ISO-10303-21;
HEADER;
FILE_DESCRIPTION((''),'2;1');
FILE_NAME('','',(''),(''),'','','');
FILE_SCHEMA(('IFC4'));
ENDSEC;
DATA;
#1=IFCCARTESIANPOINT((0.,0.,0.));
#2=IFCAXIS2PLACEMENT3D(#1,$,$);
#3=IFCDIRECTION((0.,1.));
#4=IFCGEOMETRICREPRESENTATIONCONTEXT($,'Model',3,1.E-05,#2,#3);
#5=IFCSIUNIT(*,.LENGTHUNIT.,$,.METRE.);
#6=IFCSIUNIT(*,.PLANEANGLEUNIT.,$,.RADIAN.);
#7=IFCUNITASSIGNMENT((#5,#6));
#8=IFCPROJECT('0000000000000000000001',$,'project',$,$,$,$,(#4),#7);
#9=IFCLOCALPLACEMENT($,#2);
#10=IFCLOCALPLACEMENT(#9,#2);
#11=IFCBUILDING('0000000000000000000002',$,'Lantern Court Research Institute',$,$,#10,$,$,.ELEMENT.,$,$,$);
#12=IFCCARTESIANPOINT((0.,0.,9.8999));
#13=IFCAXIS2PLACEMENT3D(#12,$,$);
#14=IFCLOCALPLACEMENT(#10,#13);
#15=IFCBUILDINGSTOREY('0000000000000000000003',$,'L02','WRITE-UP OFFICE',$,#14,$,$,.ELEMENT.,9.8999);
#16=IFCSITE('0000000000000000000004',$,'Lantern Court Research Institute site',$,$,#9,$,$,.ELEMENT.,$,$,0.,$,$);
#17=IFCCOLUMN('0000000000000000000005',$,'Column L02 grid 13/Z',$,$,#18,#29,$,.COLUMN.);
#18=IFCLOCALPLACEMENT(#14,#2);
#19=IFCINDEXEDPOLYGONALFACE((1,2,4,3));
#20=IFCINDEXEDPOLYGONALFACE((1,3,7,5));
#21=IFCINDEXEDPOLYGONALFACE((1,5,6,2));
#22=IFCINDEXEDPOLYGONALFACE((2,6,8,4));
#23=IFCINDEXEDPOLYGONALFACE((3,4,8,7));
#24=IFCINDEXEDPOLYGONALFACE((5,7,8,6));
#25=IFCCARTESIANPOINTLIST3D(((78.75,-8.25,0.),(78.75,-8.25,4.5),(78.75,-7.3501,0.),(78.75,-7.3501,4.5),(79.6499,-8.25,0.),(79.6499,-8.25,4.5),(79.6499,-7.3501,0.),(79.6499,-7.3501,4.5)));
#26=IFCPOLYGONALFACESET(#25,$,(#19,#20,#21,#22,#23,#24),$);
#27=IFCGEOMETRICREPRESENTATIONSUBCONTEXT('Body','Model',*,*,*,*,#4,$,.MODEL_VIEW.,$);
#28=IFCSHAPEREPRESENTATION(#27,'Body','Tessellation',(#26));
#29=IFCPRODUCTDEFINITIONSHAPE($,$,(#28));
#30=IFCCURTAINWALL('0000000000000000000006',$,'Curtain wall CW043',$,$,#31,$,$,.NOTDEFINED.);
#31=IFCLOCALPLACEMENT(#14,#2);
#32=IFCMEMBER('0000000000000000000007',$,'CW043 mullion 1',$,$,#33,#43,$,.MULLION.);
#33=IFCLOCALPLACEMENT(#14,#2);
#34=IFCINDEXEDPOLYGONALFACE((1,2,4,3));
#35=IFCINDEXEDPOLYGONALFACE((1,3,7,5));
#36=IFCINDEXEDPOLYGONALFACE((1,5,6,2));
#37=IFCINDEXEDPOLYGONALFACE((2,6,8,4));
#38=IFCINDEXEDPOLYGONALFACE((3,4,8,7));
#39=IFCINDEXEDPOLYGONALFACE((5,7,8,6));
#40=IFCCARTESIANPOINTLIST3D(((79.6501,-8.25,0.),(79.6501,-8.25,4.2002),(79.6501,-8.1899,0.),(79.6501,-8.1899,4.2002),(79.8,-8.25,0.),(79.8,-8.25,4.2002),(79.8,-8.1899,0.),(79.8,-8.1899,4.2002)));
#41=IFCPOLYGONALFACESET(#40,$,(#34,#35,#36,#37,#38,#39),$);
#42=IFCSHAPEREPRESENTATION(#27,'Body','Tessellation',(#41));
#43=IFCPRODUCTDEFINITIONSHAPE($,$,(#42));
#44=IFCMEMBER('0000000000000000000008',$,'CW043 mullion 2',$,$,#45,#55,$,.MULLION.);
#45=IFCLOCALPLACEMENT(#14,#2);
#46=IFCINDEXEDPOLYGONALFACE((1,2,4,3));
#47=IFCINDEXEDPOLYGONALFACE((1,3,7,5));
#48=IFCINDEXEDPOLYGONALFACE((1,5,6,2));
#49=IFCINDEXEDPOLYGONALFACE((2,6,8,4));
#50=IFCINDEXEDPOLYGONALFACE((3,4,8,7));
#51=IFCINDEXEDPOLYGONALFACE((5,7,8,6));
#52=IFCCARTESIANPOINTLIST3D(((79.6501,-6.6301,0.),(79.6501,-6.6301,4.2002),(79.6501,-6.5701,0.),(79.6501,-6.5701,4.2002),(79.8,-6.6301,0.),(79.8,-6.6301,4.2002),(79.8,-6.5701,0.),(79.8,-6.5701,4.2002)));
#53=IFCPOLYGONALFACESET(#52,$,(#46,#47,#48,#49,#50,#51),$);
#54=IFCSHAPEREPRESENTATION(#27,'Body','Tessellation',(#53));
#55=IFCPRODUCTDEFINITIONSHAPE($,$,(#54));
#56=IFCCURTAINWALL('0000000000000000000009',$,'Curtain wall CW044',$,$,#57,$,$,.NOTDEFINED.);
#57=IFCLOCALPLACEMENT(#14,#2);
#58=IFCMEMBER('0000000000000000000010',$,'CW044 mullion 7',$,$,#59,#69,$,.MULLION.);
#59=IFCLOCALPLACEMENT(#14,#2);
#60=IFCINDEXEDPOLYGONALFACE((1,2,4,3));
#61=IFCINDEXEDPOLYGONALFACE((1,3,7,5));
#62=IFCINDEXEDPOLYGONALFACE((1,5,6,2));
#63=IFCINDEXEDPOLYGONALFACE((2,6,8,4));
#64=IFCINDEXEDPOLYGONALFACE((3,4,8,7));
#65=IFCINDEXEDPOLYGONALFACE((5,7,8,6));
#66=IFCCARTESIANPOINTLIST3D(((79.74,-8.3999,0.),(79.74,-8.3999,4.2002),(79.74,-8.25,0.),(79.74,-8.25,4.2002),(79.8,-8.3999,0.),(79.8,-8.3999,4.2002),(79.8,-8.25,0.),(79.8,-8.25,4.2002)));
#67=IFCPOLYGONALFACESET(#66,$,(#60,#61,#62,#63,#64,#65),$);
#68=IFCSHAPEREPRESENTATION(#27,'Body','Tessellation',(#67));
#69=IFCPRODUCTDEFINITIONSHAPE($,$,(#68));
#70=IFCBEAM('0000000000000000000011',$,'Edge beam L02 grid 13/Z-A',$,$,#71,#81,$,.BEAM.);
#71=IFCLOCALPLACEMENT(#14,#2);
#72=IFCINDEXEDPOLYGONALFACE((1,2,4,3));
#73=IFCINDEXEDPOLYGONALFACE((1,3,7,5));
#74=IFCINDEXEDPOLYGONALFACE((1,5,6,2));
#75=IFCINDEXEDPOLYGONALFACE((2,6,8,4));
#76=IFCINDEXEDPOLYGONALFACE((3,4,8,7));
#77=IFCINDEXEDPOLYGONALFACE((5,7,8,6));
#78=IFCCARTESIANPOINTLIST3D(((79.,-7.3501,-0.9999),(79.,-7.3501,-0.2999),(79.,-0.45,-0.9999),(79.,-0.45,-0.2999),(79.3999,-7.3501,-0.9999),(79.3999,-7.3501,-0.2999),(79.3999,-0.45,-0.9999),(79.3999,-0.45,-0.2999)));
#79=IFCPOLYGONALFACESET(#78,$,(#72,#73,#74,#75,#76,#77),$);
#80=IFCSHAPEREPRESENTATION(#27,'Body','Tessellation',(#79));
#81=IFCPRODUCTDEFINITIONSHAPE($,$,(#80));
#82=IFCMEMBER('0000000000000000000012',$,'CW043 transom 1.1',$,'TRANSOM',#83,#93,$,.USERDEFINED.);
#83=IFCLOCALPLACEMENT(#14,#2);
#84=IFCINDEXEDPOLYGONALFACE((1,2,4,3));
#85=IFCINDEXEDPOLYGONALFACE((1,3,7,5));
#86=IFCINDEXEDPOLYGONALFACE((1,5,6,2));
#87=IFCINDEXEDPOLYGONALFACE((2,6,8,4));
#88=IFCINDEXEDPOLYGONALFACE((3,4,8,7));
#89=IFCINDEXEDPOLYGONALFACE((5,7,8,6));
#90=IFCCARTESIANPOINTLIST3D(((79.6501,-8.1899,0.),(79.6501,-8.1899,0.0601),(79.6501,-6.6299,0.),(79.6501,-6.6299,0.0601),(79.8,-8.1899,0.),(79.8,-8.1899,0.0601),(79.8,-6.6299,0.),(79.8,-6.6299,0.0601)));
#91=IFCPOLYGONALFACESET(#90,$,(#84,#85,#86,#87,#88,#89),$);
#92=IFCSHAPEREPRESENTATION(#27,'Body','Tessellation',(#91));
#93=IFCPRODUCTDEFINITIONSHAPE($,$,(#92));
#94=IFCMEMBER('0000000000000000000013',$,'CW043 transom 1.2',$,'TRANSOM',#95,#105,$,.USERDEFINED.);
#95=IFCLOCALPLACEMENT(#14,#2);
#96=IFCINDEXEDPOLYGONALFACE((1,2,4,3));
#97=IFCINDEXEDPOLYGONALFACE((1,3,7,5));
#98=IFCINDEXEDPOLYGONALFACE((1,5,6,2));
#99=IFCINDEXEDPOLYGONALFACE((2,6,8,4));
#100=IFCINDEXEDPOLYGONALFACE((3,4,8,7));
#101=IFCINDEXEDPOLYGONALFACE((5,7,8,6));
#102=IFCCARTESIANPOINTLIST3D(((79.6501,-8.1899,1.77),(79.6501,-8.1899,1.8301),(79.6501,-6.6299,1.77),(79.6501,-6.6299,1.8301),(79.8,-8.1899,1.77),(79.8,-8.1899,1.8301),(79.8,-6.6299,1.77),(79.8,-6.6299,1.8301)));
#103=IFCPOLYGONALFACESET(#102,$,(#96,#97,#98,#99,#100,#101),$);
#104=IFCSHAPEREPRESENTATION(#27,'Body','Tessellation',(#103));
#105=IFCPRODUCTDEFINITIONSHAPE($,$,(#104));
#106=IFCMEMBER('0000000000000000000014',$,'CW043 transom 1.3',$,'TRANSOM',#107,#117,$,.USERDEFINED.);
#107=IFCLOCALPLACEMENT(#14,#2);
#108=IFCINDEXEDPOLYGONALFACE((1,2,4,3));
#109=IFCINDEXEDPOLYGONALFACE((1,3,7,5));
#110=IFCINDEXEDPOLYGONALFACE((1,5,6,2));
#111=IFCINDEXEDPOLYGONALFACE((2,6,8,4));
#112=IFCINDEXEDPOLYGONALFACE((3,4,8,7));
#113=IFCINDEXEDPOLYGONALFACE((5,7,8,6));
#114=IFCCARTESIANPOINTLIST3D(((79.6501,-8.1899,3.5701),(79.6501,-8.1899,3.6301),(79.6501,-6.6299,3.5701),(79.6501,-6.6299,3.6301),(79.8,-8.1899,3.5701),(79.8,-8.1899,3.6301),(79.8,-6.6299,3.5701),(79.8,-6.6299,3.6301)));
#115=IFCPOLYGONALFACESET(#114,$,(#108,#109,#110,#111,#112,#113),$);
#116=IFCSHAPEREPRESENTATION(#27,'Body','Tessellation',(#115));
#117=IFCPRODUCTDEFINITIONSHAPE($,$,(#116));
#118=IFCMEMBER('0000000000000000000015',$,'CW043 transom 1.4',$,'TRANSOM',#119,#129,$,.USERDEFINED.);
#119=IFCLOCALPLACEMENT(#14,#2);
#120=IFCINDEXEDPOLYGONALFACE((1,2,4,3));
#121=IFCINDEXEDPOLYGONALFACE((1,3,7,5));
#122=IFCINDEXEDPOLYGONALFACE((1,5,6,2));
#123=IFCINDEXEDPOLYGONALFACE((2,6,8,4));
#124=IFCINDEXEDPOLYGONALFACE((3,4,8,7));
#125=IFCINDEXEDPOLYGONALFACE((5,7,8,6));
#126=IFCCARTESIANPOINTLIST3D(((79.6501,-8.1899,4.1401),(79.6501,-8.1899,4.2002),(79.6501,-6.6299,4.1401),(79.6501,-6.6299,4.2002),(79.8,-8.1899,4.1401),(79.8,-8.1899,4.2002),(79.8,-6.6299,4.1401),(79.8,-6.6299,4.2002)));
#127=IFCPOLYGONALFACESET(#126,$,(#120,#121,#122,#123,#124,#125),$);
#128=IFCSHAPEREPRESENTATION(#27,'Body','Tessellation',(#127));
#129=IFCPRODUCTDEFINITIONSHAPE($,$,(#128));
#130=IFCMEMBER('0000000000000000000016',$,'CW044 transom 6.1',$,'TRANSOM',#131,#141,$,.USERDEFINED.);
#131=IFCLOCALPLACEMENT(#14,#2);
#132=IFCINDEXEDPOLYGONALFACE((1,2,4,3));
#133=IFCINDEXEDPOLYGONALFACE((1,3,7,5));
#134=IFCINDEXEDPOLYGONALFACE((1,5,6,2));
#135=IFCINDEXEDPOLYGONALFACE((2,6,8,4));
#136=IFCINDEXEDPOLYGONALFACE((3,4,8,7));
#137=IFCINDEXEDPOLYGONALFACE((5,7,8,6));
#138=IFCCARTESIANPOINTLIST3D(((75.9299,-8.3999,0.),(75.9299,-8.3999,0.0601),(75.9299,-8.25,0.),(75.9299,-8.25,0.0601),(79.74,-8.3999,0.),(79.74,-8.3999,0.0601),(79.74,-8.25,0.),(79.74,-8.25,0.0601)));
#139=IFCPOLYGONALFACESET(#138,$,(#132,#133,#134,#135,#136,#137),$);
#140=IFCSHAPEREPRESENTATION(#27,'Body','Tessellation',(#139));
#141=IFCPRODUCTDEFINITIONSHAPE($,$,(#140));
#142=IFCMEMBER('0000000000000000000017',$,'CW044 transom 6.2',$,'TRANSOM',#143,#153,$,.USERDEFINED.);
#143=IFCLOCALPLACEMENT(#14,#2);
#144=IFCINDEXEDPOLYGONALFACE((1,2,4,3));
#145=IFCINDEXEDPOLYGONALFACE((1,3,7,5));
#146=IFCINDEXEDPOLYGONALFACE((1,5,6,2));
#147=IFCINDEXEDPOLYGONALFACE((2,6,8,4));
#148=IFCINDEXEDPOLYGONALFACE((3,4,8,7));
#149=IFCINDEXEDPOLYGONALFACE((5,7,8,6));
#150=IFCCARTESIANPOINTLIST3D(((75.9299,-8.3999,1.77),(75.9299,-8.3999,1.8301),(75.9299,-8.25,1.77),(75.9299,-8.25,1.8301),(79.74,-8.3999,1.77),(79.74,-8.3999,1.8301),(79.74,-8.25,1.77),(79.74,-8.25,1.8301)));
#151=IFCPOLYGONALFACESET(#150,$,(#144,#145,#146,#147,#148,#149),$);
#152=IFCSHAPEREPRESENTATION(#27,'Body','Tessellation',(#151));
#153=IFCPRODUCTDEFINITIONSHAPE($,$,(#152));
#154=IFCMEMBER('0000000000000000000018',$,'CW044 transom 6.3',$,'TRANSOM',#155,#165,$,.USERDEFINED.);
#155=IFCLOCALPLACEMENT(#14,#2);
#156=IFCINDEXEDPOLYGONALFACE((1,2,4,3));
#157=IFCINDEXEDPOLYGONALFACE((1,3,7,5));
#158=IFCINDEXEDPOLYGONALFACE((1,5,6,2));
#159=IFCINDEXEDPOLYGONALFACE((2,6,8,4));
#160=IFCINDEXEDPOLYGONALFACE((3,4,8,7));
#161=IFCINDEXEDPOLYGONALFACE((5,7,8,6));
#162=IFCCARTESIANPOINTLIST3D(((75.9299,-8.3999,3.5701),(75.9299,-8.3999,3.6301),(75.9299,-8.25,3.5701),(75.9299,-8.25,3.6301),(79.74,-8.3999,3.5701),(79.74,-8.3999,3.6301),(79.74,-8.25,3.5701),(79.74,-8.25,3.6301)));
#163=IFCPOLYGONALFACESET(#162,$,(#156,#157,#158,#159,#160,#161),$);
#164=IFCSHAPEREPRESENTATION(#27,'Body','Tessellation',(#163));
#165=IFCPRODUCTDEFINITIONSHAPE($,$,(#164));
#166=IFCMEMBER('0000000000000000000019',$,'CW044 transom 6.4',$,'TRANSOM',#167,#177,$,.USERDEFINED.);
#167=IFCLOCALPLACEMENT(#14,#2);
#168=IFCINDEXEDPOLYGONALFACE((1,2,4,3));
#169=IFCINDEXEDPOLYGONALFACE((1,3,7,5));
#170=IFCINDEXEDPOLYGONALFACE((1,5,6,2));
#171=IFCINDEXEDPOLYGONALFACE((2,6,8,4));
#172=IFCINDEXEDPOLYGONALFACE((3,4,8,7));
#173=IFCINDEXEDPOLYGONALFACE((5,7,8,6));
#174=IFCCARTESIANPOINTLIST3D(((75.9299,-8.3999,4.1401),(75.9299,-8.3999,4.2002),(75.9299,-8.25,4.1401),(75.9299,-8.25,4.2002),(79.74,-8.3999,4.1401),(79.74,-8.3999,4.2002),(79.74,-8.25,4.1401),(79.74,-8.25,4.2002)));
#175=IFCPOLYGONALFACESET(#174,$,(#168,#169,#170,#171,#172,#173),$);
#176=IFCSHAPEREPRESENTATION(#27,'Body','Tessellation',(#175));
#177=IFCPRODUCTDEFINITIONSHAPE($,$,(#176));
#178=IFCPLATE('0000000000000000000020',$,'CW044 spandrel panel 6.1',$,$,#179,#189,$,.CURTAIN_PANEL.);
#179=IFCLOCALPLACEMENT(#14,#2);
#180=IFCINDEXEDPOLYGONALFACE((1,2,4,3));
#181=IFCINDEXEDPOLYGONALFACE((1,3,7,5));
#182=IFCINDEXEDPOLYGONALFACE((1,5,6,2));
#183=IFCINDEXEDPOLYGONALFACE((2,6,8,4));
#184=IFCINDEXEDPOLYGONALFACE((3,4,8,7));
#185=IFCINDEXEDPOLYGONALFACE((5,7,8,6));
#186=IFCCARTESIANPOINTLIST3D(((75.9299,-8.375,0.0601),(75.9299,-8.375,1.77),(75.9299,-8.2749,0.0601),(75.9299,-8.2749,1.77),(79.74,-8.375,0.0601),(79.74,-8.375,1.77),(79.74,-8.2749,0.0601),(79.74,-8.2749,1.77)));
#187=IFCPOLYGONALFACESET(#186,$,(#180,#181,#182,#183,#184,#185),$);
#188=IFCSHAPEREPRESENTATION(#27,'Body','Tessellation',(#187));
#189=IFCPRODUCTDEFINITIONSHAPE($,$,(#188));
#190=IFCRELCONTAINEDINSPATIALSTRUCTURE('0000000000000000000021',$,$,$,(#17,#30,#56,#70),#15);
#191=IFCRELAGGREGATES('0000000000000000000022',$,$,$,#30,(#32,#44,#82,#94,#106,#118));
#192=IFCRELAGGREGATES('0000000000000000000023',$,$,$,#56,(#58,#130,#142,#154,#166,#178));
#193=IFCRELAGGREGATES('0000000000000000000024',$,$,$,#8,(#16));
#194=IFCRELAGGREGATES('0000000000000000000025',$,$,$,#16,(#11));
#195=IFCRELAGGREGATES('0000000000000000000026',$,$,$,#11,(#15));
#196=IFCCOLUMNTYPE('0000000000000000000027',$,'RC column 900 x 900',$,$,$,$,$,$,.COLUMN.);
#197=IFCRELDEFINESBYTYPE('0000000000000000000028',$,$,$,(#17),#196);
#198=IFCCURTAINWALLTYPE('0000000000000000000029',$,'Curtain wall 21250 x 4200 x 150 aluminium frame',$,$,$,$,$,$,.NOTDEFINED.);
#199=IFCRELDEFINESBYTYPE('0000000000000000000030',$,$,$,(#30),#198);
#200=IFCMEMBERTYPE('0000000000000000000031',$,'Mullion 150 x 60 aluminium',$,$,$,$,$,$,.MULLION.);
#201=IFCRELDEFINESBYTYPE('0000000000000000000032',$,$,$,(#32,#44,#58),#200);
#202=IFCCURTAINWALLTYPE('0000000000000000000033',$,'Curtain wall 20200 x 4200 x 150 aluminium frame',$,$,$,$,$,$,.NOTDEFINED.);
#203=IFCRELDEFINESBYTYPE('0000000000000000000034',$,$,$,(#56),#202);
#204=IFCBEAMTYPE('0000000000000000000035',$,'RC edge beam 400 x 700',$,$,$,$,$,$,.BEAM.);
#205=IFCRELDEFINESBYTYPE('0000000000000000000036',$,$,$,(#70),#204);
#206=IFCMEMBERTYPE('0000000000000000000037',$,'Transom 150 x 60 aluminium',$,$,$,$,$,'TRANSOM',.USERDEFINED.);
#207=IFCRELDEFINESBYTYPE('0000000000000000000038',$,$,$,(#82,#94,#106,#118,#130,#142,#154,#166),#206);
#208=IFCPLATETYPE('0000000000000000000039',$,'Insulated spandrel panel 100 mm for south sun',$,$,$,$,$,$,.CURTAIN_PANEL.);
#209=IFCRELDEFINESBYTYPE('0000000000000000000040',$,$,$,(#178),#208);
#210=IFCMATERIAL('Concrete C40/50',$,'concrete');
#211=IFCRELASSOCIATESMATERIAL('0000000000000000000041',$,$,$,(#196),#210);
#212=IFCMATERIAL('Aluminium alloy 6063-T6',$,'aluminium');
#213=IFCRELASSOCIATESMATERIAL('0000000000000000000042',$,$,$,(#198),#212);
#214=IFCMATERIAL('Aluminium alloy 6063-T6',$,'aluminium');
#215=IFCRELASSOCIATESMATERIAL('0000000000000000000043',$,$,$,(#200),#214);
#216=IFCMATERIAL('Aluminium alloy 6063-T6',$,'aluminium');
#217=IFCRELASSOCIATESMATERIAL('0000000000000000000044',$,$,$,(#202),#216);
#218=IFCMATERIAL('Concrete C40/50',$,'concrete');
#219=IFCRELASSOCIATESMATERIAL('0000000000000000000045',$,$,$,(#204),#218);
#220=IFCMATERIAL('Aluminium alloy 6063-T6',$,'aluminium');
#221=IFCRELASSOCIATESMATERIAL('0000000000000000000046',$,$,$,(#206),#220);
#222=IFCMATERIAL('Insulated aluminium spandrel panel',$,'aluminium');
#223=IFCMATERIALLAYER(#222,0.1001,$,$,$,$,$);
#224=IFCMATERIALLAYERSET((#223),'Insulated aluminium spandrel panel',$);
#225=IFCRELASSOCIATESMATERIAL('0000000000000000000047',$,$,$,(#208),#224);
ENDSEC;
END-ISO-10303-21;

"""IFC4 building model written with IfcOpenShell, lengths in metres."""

from ifc_helpers import new_model, si_unit, direction, frame, origin, origin_2d, place, context, subcontext, project, spatial, rectangle, extrude, material, layer, layer_set, material_profile, profile_set, type_object, element, aggregate, save


model = new_model("IFC4")

# Units and contexts
model_context = context("Model", 3, precision=1e-05, world=origin(), true_north=direction((0.0, 1.0)))
body_context = subcontext(model_context, "Body", "Model", "MODEL_VIEW")
ifc_project = project(units=[si_unit("LENGTHUNIT", "METRE"), si_unit("PLANEANGLEUNIT", "RADIAN")], contexts=[model_context])

# Site, building, storey
site_placement = place(None, origin())
site = spatial("IfcSite", under=ifc_project, at=site_placement, Name="Lantern Court Research Institute site", CompositionType="ELEMENT", RefElevation=0.0)
building_placement = place(site_placement, origin())
building = spatial("IfcBuilding", under=site, at=building_placement, Name="Lantern Court Research Institute", CompositionType="ELEMENT")
storey_placement = place(building_placement, frame((0.0, 0.0, 9.8999)))
storey = spatial("IfcBuildingStorey", under=building, at=storey_placement, Name="L02", Description="WRITE-UP OFFICE", CompositionType="ELEMENT", Elevation=9.8999)

# Column
ifc_material_1 = material(Name="Concrete C40/50", Category="concrete")
ifc_material_profile_1 = material_profile(ifc_material_1, rectangle(XDim=0.8999, YDim=0.8999, at=origin_2d()), Name="RC column 900 x 900")
ifc_profile_set_1 = profile_set([ifc_material_profile_1], Name="Concrete C40/50")
column_type = type_object("IfcColumnType", Name="RC column 900 x 900", PredefinedType="COLUMN", material=ifc_profile_set_1)
column_placement = place(storey_placement, frame((79.2, -7.8, 0.0), z_axis=(0.0, 0.0, 1.0), x_axis=(1.0, 0.0, 0.0)))
element("IfcColumn", 1, at=column_placement, inside=storey, type_object=column_type, Name="Column L02 grid 13/Z", PredefinedType="COLUMN", context=body_context, shape_type="SweptSolid", body=[
    extrude(rectangle(XDim=0.8999, YDim=0.8999, at=origin_2d()), origin(), (0.0, 0.0, 1.0), 4.5),
])

# Curtain wall, members
ifc_material_2 = material(Name="Aluminium alloy 6063-T6", Category="aluminium")
curtain_wall_type_1 = type_object("IfcCurtainWallType", Name="Curtain wall 21250 x 4200 x 150 aluminium frame", PredefinedType="NOTDEFINED", material=ifc_material_2)
curtain_wall_1_placement = place(storey_placement, origin())
curtain_wall_1 = element("IfcCurtainWall", 2, at=curtain_wall_1_placement, inside=storey, type_object=curtain_wall_type_1, Name="Curtain wall CW043", PredefinedType="NOTDEFINED")
ifc_material_3 = material(Name="Aluminium alloy 6063-T6", Category="aluminium")
ifc_material_profile_2 = material_profile(ifc_material_3, rectangle(XDim=0.1499, YDim=0.0601, at=origin_2d()), Name="Mullion 150 x 60")
ifc_profile_set_2 = profile_set([ifc_material_profile_2], Name="Aluminium alloy 6063-T6")
member_type_1 = type_object("IfcMemberType", Name="Mullion 150 x 60 aluminium", PredefinedType="MULLION", material=ifc_profile_set_2)
member_1_placement = place(storey_placement, frame((79.7251, -8.22, 0.0), z_axis=(0.0, 0.0, 1.0), x_axis=(1.0, 0.0, 0.0)))
member_1 = element("IfcMember", 3, at=member_1_placement, type_object=member_type_1, Name="CW043 mullion 1", PredefinedType="MULLION", context=body_context, shape_type="SweptSolid", body=[
    extrude(rectangle(XDim=0.1499, YDim=0.0601, at=origin_2d()), origin(), (0.0, 0.0, 1.0), 4.2002),
])
member_2_placement = place(storey_placement, frame((79.7251, -6.6001, 0.0), z_axis=(0.0, 0.0, 1.0), x_axis=(1.0, 0.0, 0.0)))
member_2 = element("IfcMember", 4, at=member_2_placement, type_object=member_type_1, Name="CW043 mullion 2", PredefinedType="MULLION", context=body_context, shape_type="SweptSolid", body=[
    extrude(rectangle(XDim=0.1499, YDim=0.0601, at=origin_2d()), origin(), (0.0, 0.0, 1.0), 4.2002),
])

# Curtain wall, member
ifc_material_4 = material(Name="Aluminium alloy 6063-T6", Category="aluminium")
curtain_wall_type_2 = type_object("IfcCurtainWallType", Name="Curtain wall 20200 x 4200 x 150 aluminium frame", PredefinedType="NOTDEFINED", material=ifc_material_4)
curtain_wall_2_placement = place(storey_placement, origin())
curtain_wall_2 = element("IfcCurtainWall", 5, at=curtain_wall_2_placement, inside=storey, type_object=curtain_wall_type_2, Name="Curtain wall CW044", PredefinedType="NOTDEFINED")
member_3_placement = place(storey_placement, frame((79.77, -8.325, 0.0), z_axis=(0.0, 0.0, 1.0), x_axis=(0.0, -1.0, 0.0)))
member_3 = element("IfcMember", 6, at=member_3_placement, type_object=member_type_1, Name="CW044 mullion 7", PredefinedType="MULLION", context=body_context, shape_type="SweptSolid", body=[
    extrude(rectangle(XDim=0.1499, YDim=0.0601, at=origin_2d()), origin(), (0.0, 0.0, 1.0), 4.2002),
])

# Beam
ifc_material_5 = material(Name="Concrete C40/50", Category="concrete")
ifc_material_profile_3 = material_profile(ifc_material_5, rectangle(XDim=0.3999, YDim=0.7, at=origin_2d()), Name="RC beam 400 x 700")
ifc_profile_set_3 = profile_set([ifc_material_profile_3], Name="Concrete C40/50")
beam_type = type_object("IfcBeamType", Name="RC edge beam 400 x 700", PredefinedType="BEAM", material=ifc_profile_set_3)
beam_placement = place(storey_placement, frame((79.2, -7.3501, -0.6499), z_axis=(0.0, 1.0, 0.0), x_axis=(-1.0, 0.0, 0.0)))
element("IfcBeam", 7, at=beam_placement, inside=storey, type_object=beam_type, Name="Edge beam L02 grid 13/Z-A", PredefinedType="BEAM", context=body_context, shape_type="SweptSolid", body=[
    extrude(rectangle(XDim=0.3999, YDim=0.7, at=origin_2d()), origin(), (0.0, 0.0, 1.0), 6.9001),
])

# Members
ifc_material_6 = material(Name="Aluminium alloy 6063-T6", Category="aluminium")
ifc_material_profile_4 = material_profile(ifc_material_6, rectangle(XDim=0.1499, YDim=0.0601, at=origin_2d()), Name="Transom 150 x 60")
ifc_profile_set_4 = profile_set([ifc_material_profile_4], Name="Aluminium alloy 6063-T6")
member_type_2 = type_object("IfcMemberType", Name="Transom 150 x 60 aluminium", ElementType="TRANSOM", PredefinedType="USERDEFINED", material=ifc_profile_set_4)
member_4_placement = place(storey_placement, frame((79.7251, -6.6299, 0.03), z_axis=(0.0, -1.0, 0.0), x_axis=(1.0, 0.0, 0.0)))
member_4 = element("IfcMember", 8, at=member_4_placement, type_object=member_type_2, Name="CW043 transom 1.1", ObjectType="TRANSOM", PredefinedType="USERDEFINED", context=body_context, shape_type="SweptSolid", body=[
    extrude(rectangle(XDim=0.1499, YDim=0.0601, at=origin_2d()), origin(), (0.0, 0.0, 1.0), 1.5601),
])
member_5_placement = place(storey_placement, frame((79.7251, -6.6299, 1.8), z_axis=(0.0, -1.0, 0.0), x_axis=(1.0, 0.0, 0.0)))
member_5 = element("IfcMember", 9, at=member_5_placement, type_object=member_type_2, Name="CW043 transom 1.2", ObjectType="TRANSOM", PredefinedType="USERDEFINED", context=body_context, shape_type="SweptSolid", body=[
    extrude(rectangle(XDim=0.1499, YDim=0.0601, at=origin_2d()), origin(), (0.0, 0.0, 1.0), 1.5601),
])
member_6_placement = place(storey_placement, frame((79.7251, -6.6299, 3.6001), z_axis=(0.0, -1.0, 0.0), x_axis=(1.0, 0.0, 0.0)))
member_6 = element("IfcMember", 10, at=member_6_placement, type_object=member_type_2, Name="CW043 transom 1.3", ObjectType="TRANSOM", PredefinedType="USERDEFINED", context=body_context, shape_type="SweptSolid", body=[
    extrude(rectangle(XDim=0.1499, YDim=0.0601, at=origin_2d()), origin(), (0.0, 0.0, 1.0), 1.5601),
])
member_7_placement = place(storey_placement, frame((79.7251, -6.6299, 4.1702), z_axis=(0.0, -1.0, 0.0), x_axis=(1.0, 0.0, 0.0)))
member_7 = element("IfcMember", 11, at=member_7_placement, type_object=member_type_2, Name="CW043 transom 1.4", ObjectType="TRANSOM", PredefinedType="USERDEFINED", context=body_context, shape_type="SweptSolid", body=[
    extrude(rectangle(XDim=0.1499, YDim=0.0601, at=origin_2d()), origin(), (0.0, 0.0, 1.0), 1.5601),
])
member_8_placement = place(storey_placement, frame((79.74, -8.325, 0.03), z_axis=(-1.0, 0.0, 0.0), x_axis=(0.0, -1.0, 0.0)))
member_8 = element("IfcMember", 12, at=member_8_placement, type_object=member_type_2, Name="CW044 transom 6.1", ObjectType="TRANSOM", PredefinedType="USERDEFINED", context=body_context, shape_type="SweptSolid", body=[
    extrude(rectangle(XDim=0.1499, YDim=0.0601, at=origin_2d()), origin(), (0.0, 0.0, 1.0), 3.8101),
])
member_9_placement = place(storey_placement, frame((79.74, -8.325, 1.8), z_axis=(-1.0, 0.0, 0.0), x_axis=(0.0, -1.0, 0.0)))
member_9 = element("IfcMember", 13, at=member_9_placement, type_object=member_type_2, Name="CW044 transom 6.2", ObjectType="TRANSOM", PredefinedType="USERDEFINED", context=body_context, shape_type="SweptSolid", body=[
    extrude(rectangle(XDim=0.1499, YDim=0.0601, at=origin_2d()), origin(), (0.0, 0.0, 1.0), 3.8101),
])
member_10_placement = place(storey_placement, frame((79.74, -8.325, 3.6001), z_axis=(-1.0, 0.0, 0.0), x_axis=(0.0, -1.0, 0.0)))
member_10 = element("IfcMember", 14, at=member_10_placement, type_object=member_type_2, Name="CW044 transom 6.3", ObjectType="TRANSOM", PredefinedType="USERDEFINED", context=body_context, shape_type="SweptSolid", body=[
    extrude(rectangle(XDim=0.1499, YDim=0.0601, at=origin_2d()), origin(), (0.0, 0.0, 1.0), 3.8101),
])
member_11_placement = place(storey_placement, frame((79.74, -8.325, 4.1702), z_axis=(-1.0, 0.0, 0.0), x_axis=(0.0, -1.0, 0.0)))
member_11 = element("IfcMember", 15, at=member_11_placement, type_object=member_type_2, Name="CW044 transom 6.4", ObjectType="TRANSOM", PredefinedType="USERDEFINED", context=body_context, shape_type="SweptSolid", body=[
    extrude(rectangle(XDim=0.1499, YDim=0.0601, at=origin_2d()), origin(), (0.0, 0.0, 1.0), 3.8101),
])

# Plate
ifc_material_7 = material(Name="Insulated aluminium spandrel panel", Category="aluminium")
ifc_layer_1 = layer(ifc_material_7, 0.1001)
ifc_layer_set_1 = layer_set([ifc_layer_1], Name="Insulated aluminium spandrel panel")
plate_type_1 = type_object("IfcPlateType", Name="Insulated spandrel panel 100 mm for south sun", PredefinedType="CURTAIN_PANEL", material=ifc_layer_set_1)
plate_1_placement = place(storey_placement, frame((77.835, -8.325, 0.0601), z_axis=(0.0, 0.0, 1.0), x_axis=(-1.0, 0.0, 0.0)))
plate_1 = element("IfcPlate", 16, at=plate_1_placement, type_object=plate_type_1, Name="CW044 spandrel panel 6.1", PredefinedType="CURTAIN_PANEL", context=body_context, shape_type="SweptSolid", body=[
    extrude(rectangle(XDim=3.8101, YDim=0.1001, at=origin_2d()), origin(), (0.0, 0.0, 1.0), 1.71),
])
aggregate(curtain_wall_1, [member_1, member_2, member_4, member_5, member_6, member_7])
aggregate(curtain_wall_2, [member_3, member_8, member_9, member_10, member_11, plate_1])

save(model, "model.ifc")
